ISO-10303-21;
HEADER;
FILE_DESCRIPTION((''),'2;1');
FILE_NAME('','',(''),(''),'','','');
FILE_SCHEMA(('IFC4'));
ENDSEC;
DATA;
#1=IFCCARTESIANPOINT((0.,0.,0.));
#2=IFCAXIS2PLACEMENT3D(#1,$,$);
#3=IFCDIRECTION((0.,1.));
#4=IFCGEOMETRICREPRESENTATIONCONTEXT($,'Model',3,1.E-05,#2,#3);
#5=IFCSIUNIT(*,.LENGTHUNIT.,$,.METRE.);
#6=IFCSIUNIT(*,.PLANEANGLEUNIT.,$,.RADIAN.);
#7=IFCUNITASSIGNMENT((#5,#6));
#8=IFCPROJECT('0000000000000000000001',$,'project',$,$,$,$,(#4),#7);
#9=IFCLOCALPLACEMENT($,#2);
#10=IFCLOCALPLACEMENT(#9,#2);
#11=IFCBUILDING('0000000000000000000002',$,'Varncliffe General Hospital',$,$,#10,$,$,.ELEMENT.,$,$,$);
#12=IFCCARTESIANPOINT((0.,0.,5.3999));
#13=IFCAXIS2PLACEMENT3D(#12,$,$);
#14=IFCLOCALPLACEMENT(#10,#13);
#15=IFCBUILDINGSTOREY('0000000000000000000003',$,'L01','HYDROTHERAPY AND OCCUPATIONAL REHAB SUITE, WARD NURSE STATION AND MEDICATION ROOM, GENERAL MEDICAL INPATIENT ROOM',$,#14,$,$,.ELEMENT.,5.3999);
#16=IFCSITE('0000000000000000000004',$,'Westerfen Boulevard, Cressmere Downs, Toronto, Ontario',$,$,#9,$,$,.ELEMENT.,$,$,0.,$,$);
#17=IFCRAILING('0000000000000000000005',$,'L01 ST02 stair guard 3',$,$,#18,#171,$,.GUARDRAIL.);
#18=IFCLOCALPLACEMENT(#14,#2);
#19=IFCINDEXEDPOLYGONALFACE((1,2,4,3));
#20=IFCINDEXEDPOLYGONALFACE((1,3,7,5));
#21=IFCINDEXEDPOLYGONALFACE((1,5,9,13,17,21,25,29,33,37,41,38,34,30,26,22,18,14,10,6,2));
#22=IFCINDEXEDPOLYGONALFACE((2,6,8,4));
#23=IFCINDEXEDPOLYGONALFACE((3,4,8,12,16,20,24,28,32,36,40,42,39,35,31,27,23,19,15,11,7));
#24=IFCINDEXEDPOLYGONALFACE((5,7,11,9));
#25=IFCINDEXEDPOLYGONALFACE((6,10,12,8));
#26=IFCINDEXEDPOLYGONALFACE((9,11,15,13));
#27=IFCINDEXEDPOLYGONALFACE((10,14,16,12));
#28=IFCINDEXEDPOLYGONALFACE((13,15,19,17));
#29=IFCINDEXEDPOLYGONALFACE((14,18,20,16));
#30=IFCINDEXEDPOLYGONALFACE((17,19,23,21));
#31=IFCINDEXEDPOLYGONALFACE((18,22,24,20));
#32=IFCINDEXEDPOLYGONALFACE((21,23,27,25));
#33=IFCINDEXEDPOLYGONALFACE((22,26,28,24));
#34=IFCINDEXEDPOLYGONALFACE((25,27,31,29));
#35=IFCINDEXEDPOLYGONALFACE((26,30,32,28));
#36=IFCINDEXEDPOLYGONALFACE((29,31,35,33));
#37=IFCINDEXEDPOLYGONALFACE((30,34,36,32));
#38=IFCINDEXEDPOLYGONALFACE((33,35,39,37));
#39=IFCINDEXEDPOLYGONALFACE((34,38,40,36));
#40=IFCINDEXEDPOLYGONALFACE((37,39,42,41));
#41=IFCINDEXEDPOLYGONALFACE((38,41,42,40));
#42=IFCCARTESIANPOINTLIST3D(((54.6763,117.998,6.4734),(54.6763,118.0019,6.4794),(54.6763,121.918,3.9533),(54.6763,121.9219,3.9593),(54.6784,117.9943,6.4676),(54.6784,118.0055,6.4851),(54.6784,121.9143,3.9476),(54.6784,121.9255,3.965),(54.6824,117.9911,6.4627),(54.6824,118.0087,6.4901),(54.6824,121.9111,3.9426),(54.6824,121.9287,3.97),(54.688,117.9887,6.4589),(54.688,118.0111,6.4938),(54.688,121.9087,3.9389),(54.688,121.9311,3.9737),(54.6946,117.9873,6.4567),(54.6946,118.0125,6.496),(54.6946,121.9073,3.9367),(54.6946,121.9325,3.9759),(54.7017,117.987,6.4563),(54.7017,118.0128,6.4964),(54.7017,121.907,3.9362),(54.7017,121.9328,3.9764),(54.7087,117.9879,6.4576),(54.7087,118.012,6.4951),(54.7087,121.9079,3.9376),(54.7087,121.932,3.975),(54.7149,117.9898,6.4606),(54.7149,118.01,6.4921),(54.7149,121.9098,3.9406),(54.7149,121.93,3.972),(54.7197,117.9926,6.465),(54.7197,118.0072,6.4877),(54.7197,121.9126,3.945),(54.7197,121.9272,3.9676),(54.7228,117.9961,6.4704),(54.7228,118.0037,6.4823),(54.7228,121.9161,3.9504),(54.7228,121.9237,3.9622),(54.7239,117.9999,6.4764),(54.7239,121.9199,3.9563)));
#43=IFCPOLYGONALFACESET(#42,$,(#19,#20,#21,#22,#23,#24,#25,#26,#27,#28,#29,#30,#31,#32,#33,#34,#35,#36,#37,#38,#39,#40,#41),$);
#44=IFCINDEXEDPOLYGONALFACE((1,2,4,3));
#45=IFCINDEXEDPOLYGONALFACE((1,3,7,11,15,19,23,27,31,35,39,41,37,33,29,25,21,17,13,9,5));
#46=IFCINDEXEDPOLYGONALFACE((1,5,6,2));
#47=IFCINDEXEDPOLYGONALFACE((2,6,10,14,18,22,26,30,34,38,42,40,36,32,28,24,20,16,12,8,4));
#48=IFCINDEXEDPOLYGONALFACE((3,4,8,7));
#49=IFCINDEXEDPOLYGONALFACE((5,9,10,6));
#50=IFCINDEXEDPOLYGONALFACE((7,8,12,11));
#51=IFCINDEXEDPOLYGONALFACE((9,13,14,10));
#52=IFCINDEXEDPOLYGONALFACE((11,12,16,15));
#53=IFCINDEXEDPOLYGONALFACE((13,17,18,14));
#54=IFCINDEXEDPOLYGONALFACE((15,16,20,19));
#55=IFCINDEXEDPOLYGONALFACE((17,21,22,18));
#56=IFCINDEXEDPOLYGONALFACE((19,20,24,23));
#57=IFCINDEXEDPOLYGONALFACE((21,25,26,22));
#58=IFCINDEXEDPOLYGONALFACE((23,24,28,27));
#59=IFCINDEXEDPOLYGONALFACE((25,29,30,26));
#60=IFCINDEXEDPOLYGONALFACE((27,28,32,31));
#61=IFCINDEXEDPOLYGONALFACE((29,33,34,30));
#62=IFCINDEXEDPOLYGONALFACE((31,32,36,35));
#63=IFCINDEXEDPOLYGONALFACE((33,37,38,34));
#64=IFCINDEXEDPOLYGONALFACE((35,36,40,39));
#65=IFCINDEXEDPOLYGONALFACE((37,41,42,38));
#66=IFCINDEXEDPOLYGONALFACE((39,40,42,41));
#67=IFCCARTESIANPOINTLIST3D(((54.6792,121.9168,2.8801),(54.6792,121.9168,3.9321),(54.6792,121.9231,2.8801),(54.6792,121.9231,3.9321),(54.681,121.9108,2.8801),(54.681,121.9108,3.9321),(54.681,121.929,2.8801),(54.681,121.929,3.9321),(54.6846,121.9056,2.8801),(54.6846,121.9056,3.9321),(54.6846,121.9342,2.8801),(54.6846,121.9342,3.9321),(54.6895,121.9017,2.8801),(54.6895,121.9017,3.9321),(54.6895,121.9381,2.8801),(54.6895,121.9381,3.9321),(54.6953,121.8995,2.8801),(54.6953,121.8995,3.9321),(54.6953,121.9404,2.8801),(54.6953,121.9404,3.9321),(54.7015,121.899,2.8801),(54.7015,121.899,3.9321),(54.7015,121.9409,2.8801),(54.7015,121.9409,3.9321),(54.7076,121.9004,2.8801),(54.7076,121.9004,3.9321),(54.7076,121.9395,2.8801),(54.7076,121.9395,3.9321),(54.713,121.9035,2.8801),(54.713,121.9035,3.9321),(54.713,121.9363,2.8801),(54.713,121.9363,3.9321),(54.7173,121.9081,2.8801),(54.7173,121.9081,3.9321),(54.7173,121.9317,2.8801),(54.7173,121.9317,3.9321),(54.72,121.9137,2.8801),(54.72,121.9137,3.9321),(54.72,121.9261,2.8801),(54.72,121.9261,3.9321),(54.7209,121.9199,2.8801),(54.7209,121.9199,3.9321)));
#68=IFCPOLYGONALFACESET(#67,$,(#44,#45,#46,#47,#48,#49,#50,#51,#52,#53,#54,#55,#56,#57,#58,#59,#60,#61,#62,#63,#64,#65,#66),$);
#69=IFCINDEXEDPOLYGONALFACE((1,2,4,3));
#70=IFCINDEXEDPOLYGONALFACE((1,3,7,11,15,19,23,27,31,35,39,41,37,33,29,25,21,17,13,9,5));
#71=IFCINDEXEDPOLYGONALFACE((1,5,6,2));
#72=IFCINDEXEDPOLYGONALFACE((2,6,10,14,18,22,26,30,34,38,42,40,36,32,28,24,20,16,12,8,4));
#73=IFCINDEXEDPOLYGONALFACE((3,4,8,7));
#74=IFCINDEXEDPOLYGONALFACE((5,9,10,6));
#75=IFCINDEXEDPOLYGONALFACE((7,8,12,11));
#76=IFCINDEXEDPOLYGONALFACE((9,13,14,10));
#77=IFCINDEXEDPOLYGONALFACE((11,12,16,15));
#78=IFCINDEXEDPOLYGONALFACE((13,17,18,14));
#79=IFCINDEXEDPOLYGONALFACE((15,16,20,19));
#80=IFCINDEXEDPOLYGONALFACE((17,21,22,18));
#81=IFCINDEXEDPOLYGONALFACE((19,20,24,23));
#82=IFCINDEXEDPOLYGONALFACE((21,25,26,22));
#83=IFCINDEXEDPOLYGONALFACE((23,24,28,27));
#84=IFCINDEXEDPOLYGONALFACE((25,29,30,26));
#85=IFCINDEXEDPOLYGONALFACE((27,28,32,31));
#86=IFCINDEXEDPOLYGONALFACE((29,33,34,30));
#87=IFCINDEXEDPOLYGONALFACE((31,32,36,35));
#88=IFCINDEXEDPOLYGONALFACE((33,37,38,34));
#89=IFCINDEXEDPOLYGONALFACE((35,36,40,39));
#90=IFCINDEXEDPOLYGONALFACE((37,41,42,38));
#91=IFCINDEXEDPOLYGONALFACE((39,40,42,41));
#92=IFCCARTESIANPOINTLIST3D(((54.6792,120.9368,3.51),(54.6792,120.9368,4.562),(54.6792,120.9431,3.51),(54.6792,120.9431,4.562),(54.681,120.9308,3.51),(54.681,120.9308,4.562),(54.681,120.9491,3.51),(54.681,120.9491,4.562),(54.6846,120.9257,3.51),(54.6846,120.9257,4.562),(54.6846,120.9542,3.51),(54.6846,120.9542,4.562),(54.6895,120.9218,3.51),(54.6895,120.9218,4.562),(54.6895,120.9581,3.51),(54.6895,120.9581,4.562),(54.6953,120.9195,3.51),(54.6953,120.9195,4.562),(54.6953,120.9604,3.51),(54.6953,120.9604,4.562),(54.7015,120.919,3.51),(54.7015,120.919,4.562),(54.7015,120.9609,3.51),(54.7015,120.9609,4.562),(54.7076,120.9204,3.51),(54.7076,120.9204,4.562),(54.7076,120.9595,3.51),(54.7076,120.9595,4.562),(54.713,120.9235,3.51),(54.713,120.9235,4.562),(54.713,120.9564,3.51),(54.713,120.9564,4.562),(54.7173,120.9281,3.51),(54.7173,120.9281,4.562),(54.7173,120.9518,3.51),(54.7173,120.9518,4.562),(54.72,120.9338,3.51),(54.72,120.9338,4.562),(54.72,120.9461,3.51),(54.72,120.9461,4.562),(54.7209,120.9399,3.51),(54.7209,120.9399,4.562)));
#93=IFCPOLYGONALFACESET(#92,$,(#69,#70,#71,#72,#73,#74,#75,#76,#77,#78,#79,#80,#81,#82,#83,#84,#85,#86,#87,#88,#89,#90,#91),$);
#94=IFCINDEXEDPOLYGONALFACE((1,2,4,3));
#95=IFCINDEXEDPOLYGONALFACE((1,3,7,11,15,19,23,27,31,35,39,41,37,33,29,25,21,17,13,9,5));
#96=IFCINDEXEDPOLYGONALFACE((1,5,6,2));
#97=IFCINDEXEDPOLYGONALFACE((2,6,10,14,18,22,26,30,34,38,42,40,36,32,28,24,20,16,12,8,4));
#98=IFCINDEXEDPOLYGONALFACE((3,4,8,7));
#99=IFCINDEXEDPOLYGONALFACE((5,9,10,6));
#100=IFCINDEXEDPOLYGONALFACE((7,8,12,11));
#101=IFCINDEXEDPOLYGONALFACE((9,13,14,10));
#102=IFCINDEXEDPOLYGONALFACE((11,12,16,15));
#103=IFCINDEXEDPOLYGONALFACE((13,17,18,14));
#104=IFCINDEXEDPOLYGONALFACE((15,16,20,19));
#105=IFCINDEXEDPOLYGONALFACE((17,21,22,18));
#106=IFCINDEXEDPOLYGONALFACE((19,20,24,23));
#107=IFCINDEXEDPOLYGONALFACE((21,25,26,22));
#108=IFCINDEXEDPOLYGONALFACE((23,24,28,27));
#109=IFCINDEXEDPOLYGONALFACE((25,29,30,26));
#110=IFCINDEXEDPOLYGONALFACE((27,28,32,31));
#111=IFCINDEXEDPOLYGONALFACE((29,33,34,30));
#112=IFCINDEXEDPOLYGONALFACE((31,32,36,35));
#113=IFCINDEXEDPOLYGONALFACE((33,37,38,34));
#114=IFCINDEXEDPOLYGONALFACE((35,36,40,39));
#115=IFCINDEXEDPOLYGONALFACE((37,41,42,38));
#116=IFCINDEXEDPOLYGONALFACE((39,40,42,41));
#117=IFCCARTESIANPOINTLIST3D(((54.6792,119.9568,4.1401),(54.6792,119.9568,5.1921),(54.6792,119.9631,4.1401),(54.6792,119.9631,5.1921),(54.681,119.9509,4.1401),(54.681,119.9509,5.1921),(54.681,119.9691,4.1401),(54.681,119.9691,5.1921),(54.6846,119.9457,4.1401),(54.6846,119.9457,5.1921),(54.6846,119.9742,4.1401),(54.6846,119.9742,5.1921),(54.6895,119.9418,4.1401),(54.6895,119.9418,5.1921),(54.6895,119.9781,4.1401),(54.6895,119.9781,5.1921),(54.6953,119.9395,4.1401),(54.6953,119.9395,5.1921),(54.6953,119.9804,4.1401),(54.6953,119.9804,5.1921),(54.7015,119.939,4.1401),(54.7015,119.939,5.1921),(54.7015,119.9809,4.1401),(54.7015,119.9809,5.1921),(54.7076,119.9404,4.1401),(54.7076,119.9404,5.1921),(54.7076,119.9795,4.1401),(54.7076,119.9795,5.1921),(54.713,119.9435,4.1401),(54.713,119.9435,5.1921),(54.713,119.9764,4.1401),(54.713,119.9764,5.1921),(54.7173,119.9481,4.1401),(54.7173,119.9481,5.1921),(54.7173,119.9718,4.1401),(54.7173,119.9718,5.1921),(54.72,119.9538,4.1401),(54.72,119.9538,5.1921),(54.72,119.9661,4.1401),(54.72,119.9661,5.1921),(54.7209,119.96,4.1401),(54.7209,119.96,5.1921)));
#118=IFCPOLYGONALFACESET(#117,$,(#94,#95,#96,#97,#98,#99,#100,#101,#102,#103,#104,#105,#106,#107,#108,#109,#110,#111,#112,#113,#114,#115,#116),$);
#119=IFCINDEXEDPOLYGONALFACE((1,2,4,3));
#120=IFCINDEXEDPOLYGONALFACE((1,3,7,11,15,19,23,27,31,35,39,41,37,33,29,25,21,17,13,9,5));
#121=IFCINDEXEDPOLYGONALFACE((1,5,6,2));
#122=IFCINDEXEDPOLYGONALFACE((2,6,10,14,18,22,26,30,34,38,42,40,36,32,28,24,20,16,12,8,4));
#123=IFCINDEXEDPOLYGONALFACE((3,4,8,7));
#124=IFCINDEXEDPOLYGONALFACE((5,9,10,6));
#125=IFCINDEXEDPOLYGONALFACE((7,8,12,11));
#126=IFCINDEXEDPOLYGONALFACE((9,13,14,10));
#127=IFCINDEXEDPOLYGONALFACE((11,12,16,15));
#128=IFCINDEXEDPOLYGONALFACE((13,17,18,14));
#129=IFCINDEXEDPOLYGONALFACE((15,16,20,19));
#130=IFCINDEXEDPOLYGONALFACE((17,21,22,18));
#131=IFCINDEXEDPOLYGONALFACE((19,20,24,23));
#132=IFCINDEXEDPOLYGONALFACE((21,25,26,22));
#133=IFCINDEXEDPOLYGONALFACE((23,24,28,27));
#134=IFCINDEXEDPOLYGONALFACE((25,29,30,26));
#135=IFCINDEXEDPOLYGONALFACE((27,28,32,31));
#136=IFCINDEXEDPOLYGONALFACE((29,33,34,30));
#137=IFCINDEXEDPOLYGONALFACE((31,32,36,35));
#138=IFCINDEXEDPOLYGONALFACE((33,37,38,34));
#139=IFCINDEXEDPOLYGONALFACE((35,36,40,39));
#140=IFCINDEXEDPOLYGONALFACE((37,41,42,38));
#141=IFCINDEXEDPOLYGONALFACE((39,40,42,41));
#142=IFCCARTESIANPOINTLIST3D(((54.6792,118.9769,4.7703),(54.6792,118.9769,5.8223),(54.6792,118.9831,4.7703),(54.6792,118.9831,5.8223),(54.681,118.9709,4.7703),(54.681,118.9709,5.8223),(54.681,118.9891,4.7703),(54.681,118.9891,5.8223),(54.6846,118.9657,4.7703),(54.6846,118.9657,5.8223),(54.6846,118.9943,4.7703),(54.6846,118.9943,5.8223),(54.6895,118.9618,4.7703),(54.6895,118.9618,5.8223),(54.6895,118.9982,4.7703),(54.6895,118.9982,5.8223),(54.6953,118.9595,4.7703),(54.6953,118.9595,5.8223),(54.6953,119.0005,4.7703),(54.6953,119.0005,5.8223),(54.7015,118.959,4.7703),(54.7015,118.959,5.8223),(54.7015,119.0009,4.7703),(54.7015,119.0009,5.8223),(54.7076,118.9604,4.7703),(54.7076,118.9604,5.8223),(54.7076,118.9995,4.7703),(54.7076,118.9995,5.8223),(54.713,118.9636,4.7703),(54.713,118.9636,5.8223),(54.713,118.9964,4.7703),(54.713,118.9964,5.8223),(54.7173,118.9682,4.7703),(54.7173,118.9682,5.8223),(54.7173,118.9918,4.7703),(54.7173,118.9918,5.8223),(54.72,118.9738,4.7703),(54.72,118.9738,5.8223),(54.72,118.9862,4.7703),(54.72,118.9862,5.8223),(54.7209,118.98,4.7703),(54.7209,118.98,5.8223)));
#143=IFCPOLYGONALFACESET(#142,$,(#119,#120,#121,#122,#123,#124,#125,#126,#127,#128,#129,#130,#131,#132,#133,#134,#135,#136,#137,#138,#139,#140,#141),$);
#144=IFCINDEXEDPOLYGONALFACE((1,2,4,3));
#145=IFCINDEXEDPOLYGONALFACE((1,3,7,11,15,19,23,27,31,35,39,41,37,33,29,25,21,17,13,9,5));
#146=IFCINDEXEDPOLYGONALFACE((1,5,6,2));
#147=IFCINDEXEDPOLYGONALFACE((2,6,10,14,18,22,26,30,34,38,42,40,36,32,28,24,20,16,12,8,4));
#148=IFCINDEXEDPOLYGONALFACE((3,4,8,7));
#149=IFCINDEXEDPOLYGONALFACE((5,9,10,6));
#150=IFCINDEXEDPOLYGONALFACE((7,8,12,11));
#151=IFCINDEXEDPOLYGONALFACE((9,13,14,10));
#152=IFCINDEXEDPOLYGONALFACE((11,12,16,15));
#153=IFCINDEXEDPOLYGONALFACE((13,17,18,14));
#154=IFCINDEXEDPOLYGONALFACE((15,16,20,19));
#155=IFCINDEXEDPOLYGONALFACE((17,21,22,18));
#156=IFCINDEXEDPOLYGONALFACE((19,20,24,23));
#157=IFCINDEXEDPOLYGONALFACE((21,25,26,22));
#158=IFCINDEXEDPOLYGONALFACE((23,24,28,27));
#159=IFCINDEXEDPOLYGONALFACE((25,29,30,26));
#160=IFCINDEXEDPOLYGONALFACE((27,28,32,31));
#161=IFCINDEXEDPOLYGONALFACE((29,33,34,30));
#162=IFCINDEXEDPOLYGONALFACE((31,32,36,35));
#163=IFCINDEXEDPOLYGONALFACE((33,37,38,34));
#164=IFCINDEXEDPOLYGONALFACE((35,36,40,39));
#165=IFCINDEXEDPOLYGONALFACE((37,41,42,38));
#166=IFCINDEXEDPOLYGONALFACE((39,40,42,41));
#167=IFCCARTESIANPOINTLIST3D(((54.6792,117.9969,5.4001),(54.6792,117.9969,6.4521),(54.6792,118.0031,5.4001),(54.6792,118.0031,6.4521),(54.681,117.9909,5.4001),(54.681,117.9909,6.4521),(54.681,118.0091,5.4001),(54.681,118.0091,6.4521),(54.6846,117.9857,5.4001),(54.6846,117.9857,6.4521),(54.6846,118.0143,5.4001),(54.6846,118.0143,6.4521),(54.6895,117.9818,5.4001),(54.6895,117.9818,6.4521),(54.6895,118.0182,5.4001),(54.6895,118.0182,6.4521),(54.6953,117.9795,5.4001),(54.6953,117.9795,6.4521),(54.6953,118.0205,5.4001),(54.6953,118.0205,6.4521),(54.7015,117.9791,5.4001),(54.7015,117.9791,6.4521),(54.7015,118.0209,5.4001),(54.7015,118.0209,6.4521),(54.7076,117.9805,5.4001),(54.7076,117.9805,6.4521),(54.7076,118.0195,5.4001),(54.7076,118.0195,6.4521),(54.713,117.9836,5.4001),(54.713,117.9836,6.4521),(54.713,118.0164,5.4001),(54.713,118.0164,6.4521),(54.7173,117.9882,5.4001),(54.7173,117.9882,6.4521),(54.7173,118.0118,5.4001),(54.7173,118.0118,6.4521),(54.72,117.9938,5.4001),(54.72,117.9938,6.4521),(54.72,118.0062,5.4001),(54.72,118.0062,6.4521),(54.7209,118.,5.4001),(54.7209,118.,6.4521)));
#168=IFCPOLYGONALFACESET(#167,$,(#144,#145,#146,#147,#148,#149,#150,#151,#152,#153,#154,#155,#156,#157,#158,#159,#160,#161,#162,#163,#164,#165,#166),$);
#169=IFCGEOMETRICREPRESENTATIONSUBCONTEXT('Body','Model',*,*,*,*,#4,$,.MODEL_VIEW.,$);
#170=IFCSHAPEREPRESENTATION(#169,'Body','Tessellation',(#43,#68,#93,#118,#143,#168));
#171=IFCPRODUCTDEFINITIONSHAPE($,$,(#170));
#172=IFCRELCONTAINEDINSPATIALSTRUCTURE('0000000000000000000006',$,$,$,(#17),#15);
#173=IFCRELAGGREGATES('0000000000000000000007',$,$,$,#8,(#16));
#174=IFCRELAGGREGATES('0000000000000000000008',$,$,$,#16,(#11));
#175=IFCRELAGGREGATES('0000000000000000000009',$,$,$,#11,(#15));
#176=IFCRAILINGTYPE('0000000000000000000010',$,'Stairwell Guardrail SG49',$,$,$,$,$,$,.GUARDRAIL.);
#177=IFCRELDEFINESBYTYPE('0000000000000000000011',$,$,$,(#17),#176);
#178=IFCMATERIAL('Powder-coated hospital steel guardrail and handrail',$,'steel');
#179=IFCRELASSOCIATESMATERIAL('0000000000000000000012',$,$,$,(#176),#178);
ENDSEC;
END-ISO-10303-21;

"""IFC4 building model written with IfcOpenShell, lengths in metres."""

from ifc_helpers import new_model, si_unit, direction, frame, origin, origin_2d, place, context, subcontext, project, spatial, circle, extrude, material, type_object, element, save


model = new_model("IFC4")

# Units and contexts
model_context = context("Model", 3, precision=1e-05, world=origin(), true_north=direction((0.0, 1.0)))
body_context = subcontext(model_context, "Body", "Model", "MODEL_VIEW")
ifc_project = project(units=[si_unit("LENGTHUNIT", "METRE"), si_unit("PLANEANGLEUNIT", "RADIAN")], contexts=[model_context])

# Site, building, storey
site_placement = place(None, origin())
site = spatial("IfcSite", under=ifc_project, at=site_placement, Name="Westerfen Boulevard, Cressmere Downs, Toronto, Ontario", CompositionType="ELEMENT", RefElevation=0.0)
building_placement = place(site_placement, origin())
building = spatial("IfcBuilding", under=site, at=building_placement, Name="Varncliffe General Hospital", CompositionType="ELEMENT")
storey_placement = place(building_placement, frame((0.0, 0.0, 5.3999)))
storey = spatial("IfcBuildingStorey", under=building, at=storey_placement, Name="L01", Description="HYDROTHERAPY AND OCCUPATIONAL REHAB SUITE, WARD NURSE STATION AND MEDICATION ROOM, GENERAL MEDICAL INPATIENT ROOM", CompositionType="ELEMENT", Elevation=5.3999)

# Railing
ifc_material_1 = material(Name="Powder-coated hospital steel guardrail and handrail", Category="steel")
railing_type_1 = type_object("IfcRailingType", Name="Stairwell Guardrail SG49", PredefinedType="GUARDRAIL", material=ifc_material_1)
railing_1_placement = place(storey_placement, frame((54.7, 121.9199, 2.8801)))
element("IfcRailing", 1, at=railing_1_placement, inside=storey, type_object=railing_type_1, Name="L01 ST02 stair guard 3", PredefinedType="GUARDRAIL", context=body_context, shape_type="SweptSolid", body=[
    extrude(circle(Radius=0.0239, at=origin_2d()), frame((0.0, 0.0, 1.0762), z_axis=(0.0, -0.841172, 0.540768), x_axis=(1.0, 0.0, 0.0)), (0.0, 0.0, 1.0), 4.6602),
    extrude(circle(Radius=0.021, at=origin_2d()), origin(), (0.0, 0.0, 1.0), 1.052),
    extrude(circle(Radius=0.021, at=origin_2d()), frame((0.0, -0.98, 0.6299)), (0.0, 0.0, 1.0), 1.052),
    extrude(circle(Radius=0.021, at=origin_2d()), frame((0.0, -1.96, 1.26)), (0.0, 0.0, 1.0), 1.052),
    extrude(circle(Radius=0.021, at=origin_2d()), frame((0.0, -2.9399, 1.8901)), (0.0, 0.0, 1.0), 1.052),
    extrude(circle(Radius=0.021, at=origin_2d()), frame((0.0, -3.9199, 2.52)), (0.0, 0.0, 1.0), 1.052),
])

save(model, "model.ifc")
